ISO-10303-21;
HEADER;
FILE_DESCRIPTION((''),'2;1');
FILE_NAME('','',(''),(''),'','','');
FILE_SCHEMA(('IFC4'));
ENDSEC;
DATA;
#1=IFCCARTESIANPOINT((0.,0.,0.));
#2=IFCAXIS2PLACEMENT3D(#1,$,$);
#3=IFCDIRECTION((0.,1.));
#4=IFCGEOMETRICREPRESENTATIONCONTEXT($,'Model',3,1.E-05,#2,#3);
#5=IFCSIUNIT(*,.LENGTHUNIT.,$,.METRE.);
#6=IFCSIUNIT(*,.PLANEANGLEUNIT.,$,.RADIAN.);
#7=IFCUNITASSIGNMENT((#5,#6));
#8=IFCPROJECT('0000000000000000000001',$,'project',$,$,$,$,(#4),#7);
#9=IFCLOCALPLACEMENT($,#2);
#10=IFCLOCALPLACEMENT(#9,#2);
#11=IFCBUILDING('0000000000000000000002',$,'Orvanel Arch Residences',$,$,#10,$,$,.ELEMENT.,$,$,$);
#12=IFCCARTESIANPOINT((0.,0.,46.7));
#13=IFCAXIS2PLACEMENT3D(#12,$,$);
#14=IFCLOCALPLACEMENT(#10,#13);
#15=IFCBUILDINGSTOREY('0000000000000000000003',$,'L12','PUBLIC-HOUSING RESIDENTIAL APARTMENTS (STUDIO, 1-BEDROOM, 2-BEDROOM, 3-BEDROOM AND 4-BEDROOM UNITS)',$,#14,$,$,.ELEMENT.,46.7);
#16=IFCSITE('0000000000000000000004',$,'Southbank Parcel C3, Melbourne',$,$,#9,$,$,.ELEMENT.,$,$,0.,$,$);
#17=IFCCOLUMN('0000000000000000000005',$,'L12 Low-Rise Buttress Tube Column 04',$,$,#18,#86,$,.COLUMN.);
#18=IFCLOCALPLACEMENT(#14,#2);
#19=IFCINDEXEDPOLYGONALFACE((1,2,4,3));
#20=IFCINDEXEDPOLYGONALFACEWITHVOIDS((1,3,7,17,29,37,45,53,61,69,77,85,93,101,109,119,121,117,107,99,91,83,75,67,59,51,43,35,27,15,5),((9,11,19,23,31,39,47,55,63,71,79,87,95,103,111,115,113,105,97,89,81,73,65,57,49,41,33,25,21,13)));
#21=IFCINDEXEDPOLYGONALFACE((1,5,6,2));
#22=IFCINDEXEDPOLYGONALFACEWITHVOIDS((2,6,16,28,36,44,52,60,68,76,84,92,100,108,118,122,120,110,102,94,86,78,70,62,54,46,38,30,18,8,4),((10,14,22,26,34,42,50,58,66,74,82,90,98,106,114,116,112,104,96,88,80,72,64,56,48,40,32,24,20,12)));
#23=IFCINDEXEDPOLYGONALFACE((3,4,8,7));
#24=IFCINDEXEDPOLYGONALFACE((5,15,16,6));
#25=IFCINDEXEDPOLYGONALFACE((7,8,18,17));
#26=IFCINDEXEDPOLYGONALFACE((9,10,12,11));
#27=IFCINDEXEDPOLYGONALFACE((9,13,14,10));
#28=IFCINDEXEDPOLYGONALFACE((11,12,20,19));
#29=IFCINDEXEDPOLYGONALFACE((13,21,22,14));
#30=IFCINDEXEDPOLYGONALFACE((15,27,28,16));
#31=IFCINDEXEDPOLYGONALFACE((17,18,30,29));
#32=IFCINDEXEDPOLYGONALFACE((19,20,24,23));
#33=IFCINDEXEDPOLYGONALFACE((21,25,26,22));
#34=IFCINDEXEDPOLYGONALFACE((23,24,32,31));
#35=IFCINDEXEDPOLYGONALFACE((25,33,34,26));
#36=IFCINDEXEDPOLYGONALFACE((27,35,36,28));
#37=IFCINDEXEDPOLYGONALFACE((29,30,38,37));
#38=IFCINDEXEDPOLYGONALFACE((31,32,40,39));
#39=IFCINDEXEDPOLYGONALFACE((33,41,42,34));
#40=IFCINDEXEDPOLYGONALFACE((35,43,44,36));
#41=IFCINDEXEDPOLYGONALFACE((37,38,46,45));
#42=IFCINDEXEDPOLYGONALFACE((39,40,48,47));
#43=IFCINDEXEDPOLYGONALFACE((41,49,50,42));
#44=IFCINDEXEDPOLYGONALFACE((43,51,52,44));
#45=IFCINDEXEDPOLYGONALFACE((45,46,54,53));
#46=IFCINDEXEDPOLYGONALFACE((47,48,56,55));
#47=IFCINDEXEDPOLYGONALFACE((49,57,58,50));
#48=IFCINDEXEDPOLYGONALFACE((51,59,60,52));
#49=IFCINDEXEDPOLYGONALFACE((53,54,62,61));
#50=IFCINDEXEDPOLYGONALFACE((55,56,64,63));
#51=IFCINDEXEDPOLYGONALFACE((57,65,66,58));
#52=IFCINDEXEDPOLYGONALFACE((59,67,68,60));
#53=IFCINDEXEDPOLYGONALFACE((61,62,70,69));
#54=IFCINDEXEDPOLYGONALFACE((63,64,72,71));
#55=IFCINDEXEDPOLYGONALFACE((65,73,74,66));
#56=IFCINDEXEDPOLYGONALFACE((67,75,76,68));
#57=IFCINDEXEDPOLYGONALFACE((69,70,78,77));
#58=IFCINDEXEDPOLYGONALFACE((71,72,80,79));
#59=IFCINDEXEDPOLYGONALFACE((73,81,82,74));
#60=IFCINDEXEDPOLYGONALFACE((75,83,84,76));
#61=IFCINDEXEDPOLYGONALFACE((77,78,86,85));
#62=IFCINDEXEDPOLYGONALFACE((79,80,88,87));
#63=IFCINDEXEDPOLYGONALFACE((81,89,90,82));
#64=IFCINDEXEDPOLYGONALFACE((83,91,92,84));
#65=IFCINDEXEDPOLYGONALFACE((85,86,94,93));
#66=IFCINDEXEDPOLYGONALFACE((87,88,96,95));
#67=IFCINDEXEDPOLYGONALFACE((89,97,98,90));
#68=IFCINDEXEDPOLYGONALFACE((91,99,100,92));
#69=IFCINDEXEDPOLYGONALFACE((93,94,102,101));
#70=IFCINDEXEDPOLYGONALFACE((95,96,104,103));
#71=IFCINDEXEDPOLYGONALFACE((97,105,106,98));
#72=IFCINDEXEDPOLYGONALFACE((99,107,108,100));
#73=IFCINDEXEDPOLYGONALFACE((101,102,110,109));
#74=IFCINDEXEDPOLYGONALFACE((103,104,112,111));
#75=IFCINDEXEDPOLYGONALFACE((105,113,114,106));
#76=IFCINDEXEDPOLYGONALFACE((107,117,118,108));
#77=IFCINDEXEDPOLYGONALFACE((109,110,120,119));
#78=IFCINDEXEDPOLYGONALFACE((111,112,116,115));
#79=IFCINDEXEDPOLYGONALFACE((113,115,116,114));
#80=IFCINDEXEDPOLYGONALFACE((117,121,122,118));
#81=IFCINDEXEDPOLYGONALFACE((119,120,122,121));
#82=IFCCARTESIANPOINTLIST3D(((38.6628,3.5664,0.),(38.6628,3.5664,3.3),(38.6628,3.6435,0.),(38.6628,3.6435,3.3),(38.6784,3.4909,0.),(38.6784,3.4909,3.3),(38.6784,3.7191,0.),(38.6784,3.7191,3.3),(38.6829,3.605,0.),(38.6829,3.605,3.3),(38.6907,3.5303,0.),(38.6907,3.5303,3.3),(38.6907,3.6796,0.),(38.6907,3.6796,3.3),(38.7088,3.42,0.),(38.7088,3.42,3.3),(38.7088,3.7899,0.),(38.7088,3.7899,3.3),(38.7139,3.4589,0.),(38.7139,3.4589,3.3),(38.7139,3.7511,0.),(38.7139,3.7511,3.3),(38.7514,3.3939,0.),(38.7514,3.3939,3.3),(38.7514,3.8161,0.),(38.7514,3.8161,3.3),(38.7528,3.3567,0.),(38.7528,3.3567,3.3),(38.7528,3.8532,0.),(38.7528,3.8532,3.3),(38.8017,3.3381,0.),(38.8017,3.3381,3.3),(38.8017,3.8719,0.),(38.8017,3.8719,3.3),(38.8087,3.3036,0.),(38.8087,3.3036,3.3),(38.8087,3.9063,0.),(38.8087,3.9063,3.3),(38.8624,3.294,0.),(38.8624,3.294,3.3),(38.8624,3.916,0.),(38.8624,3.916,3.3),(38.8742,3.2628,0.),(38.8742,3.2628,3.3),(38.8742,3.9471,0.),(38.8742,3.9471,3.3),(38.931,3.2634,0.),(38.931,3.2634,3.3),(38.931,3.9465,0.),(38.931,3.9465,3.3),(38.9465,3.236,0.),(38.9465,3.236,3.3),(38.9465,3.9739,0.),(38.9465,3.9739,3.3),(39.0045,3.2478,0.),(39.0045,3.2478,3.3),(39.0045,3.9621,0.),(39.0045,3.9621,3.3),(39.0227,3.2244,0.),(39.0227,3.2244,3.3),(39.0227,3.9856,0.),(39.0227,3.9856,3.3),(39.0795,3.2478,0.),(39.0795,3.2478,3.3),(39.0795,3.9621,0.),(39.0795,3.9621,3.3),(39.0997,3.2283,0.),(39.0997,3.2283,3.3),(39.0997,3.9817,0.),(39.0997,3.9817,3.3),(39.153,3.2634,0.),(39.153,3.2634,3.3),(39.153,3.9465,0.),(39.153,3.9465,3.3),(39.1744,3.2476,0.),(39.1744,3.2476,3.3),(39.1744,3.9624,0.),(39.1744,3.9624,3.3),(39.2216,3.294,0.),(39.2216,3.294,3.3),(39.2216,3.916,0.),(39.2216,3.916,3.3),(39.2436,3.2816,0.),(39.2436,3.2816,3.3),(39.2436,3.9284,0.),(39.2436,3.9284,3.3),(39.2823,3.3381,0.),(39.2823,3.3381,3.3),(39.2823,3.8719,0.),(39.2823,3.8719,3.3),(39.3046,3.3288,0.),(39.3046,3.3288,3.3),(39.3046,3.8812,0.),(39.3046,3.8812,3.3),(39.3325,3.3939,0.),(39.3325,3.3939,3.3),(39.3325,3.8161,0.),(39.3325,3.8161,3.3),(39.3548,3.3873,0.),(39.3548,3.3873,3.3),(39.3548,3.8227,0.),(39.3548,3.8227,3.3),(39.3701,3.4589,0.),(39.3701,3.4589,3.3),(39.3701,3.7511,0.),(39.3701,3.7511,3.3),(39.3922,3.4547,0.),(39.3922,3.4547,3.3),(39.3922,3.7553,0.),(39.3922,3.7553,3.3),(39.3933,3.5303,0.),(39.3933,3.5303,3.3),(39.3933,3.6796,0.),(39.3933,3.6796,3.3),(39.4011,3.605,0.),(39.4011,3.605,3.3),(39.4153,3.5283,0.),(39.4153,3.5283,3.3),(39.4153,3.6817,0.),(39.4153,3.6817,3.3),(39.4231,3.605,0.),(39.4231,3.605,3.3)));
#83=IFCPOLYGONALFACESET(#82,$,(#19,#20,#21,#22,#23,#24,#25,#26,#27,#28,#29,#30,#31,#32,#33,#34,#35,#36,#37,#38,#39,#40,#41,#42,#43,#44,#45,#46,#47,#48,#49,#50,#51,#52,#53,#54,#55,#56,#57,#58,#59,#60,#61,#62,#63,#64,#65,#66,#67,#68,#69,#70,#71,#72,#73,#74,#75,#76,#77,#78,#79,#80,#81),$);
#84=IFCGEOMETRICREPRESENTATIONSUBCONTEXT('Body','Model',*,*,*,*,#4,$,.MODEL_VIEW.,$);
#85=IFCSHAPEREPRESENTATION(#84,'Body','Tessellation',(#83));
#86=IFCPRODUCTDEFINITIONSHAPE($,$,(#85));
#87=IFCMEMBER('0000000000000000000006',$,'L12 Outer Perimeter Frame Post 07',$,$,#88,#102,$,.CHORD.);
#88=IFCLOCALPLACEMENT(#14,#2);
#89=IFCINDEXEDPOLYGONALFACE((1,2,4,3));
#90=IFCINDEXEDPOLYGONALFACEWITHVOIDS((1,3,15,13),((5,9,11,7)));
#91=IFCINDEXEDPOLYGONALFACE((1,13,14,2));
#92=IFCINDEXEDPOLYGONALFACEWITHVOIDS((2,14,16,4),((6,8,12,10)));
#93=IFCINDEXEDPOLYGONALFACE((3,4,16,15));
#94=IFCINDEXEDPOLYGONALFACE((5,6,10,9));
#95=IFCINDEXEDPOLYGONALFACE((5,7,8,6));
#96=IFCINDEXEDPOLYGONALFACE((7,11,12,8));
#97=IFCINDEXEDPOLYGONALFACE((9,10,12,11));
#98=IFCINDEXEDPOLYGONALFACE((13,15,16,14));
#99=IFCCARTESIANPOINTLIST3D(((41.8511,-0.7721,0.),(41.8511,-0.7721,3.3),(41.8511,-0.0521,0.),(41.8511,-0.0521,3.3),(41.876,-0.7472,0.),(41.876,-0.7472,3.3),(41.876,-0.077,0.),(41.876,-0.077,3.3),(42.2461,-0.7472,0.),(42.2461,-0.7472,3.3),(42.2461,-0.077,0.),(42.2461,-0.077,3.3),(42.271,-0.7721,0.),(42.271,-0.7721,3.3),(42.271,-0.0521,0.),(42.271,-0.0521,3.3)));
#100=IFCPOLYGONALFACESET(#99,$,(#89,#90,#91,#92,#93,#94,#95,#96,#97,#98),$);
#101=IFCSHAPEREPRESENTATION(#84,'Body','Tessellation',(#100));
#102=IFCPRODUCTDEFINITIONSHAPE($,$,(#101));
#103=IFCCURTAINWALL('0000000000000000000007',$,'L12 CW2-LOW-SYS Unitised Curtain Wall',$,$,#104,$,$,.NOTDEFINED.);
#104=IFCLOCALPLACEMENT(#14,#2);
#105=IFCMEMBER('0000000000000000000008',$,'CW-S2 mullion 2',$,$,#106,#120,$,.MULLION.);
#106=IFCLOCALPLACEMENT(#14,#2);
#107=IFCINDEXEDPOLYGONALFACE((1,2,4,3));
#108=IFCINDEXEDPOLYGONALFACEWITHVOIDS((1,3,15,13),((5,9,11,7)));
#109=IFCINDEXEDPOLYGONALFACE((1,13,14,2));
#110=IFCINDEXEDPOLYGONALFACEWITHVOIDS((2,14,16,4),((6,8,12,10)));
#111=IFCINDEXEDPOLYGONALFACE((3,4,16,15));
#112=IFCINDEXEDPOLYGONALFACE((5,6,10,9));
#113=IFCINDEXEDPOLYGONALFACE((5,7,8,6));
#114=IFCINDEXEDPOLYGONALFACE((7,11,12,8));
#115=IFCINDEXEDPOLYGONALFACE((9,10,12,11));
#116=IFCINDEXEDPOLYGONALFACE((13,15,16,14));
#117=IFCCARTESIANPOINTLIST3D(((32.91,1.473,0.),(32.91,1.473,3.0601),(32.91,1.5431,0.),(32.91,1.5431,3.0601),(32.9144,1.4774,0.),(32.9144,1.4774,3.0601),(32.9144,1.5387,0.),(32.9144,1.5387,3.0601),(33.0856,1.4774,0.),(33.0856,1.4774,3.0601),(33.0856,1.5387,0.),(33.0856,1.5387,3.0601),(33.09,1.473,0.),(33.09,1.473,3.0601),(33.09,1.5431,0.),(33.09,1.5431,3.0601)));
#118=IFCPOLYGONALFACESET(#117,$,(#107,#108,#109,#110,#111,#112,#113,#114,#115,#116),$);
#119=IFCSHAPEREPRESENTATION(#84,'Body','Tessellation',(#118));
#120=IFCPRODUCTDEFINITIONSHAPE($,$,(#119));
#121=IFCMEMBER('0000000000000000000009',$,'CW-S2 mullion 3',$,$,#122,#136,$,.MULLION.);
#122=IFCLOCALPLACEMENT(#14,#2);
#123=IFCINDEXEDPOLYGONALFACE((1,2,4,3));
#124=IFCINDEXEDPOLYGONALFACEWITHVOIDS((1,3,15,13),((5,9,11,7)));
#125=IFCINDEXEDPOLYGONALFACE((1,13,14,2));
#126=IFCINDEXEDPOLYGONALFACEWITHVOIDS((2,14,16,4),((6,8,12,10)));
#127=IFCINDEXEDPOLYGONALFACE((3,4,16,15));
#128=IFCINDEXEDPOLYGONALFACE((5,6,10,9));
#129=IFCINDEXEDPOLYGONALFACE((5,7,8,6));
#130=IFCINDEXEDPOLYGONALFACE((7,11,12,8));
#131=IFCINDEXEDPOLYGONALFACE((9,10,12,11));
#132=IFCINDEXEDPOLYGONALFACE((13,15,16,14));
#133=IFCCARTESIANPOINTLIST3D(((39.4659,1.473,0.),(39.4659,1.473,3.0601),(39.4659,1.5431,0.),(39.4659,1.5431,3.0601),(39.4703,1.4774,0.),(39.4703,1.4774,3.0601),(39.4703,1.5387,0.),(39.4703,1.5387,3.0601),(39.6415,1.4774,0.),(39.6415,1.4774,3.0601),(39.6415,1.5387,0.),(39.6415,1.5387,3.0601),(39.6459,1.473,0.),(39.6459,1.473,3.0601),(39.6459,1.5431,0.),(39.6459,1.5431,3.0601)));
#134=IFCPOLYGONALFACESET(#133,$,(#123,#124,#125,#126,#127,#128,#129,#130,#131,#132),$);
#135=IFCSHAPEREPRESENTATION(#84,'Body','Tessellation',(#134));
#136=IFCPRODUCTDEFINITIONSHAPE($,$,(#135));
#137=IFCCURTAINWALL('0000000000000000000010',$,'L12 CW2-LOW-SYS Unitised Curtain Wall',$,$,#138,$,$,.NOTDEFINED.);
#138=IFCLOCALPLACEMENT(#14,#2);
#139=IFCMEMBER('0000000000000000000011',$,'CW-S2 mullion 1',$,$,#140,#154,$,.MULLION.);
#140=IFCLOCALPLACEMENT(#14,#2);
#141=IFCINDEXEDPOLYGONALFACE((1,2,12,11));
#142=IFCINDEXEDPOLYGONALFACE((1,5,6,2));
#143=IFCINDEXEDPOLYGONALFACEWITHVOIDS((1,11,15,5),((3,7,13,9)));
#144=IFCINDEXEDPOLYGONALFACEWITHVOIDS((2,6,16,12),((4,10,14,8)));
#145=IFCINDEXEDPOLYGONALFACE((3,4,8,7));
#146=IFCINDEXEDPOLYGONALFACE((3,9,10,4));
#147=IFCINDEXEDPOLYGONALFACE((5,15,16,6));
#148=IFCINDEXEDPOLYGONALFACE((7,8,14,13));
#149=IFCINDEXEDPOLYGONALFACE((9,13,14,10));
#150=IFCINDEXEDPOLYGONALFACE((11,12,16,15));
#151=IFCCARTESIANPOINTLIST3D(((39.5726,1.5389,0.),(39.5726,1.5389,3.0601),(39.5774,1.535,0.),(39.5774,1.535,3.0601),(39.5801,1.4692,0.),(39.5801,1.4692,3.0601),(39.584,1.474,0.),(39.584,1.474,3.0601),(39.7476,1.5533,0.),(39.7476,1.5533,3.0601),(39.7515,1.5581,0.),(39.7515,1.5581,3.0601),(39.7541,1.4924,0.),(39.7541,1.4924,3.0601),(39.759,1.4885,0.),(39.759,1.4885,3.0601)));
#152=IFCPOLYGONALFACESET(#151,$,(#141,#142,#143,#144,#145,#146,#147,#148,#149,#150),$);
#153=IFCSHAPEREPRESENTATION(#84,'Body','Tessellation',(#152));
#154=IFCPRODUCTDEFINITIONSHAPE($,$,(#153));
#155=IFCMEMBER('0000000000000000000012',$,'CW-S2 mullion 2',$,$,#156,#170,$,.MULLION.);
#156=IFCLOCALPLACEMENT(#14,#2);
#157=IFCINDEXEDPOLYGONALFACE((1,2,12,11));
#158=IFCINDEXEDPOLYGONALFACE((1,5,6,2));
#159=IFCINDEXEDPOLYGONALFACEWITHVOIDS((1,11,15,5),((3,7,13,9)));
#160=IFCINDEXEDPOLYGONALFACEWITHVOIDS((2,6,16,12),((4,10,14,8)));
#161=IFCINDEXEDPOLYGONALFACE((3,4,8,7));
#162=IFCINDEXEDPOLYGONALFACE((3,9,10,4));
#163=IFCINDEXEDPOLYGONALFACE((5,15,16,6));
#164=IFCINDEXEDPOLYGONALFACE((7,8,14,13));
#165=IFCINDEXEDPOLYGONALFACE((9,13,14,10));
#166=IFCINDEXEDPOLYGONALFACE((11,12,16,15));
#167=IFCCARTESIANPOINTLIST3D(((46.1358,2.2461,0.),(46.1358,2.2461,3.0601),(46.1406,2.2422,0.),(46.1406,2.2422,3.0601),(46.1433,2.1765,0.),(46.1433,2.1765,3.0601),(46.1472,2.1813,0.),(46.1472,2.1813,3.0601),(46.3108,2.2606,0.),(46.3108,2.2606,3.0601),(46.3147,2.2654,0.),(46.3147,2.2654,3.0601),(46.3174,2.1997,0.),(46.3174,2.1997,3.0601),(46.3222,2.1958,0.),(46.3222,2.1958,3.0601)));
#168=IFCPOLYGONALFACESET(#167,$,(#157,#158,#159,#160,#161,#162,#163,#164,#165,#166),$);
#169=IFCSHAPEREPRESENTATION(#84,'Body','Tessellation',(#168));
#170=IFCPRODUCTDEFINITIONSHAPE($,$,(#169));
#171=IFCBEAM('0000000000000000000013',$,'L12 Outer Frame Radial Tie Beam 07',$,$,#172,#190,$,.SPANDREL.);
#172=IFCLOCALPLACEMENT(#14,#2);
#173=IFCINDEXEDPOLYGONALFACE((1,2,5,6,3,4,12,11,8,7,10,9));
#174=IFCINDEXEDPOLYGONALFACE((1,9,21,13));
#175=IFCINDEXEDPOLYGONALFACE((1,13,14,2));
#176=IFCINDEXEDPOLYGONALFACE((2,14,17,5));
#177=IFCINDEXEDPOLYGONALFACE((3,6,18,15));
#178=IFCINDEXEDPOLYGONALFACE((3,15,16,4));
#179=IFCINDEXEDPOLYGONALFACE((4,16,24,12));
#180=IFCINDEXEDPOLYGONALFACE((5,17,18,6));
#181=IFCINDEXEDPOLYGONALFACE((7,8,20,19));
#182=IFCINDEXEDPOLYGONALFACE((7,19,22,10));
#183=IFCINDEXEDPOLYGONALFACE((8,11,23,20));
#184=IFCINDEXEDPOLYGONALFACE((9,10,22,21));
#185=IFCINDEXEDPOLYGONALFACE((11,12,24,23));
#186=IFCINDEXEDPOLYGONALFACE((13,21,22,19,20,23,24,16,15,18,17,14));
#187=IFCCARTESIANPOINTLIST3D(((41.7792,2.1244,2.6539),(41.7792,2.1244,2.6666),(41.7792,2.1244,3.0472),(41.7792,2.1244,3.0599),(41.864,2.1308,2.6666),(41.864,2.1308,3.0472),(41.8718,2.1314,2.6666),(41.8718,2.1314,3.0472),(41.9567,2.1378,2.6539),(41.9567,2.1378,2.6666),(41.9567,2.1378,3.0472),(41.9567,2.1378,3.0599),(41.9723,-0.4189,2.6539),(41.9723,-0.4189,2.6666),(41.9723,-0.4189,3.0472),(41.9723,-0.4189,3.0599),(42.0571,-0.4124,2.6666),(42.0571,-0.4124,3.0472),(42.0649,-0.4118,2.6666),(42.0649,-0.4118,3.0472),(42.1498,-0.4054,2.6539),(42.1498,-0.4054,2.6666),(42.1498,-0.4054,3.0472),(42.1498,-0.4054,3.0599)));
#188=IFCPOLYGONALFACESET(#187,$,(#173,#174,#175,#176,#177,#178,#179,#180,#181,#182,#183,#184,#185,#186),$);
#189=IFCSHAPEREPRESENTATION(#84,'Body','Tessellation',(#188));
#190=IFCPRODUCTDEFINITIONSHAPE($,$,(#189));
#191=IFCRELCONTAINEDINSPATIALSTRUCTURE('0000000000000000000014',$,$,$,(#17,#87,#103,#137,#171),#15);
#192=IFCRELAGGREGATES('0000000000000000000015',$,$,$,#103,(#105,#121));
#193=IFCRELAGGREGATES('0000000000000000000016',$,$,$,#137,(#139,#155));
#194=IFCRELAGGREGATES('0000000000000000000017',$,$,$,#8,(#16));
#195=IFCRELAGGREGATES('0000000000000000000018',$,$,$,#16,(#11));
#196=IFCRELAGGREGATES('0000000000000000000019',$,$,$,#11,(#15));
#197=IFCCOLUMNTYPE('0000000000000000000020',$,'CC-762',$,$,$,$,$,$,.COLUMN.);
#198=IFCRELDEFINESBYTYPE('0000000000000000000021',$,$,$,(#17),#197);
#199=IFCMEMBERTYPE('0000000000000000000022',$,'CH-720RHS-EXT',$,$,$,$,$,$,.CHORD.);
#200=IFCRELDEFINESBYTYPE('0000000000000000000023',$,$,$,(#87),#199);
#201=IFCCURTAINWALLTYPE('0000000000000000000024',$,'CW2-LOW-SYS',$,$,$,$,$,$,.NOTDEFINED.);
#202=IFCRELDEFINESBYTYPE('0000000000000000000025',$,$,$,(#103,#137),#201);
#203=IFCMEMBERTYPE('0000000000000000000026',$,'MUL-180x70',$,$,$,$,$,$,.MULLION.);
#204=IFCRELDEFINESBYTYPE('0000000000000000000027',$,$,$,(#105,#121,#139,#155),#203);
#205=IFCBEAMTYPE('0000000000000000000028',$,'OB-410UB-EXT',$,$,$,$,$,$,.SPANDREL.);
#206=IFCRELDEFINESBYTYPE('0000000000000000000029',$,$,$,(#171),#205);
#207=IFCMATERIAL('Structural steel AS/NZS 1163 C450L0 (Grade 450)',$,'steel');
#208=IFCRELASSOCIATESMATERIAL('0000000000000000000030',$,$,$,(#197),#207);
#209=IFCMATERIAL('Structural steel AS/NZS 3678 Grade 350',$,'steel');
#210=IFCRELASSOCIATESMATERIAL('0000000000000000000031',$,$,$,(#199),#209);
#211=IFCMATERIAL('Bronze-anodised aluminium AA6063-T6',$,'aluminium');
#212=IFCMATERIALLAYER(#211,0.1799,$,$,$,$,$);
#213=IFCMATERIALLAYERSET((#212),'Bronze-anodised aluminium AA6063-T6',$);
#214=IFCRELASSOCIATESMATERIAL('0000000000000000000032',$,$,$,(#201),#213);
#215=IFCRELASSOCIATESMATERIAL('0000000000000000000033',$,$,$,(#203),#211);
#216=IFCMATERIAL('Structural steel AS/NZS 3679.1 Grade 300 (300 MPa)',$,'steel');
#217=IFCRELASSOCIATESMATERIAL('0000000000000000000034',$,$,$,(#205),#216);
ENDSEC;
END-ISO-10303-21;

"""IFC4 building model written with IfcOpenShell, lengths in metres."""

from ifc_helpers import new_model, si_unit, direction, frame, origin, origin_2d, place, context, subcontext, project, spatial, hollow_rectangle, hollow_circle, i_section, extrude, material, layer, layer_set, material_profile, profile_set, type_object, element, aggregate, save


model = new_model("IFC4")

# Units and contexts
model_context = context("Model", 3, precision=1e-05, world=origin(), true_north=direction((0.0, 1.0)))
body_context = subcontext(model_context, "Body", "Model", "MODEL_VIEW")
ifc_project = project(units=[si_unit("LENGTHUNIT", "METRE"), si_unit("PLANEANGLEUNIT", "RADIAN")], contexts=[model_context])

# Site, building, storey
site_placement = place(None, origin())
site = spatial("IfcSite", under=ifc_project, at=site_placement, Name="Southbank Parcel C3, Melbourne", CompositionType="ELEMENT", RefElevation=0.0)
building_placement = place(site_placement, origin())
building = spatial("IfcBuilding", under=site, at=building_placement, Name="Orvanel Arch Residences", CompositionType="ELEMENT")
storey_placement = place(building_placement, frame((0.0, 0.0, 46.7)))
storey = spatial("IfcBuildingStorey", under=building, at=storey_placement, Name="L12", Description="PUBLIC-HOUSING RESIDENTIAL APARTMENTS (STUDIO, 1-BEDROOM, 2-BEDROOM, 3-BEDROOM AND 4-BEDROOM UNITS)", CompositionType="ELEMENT", Elevation=46.7)

# Column
ifc_material_1 = material(Name="Structural steel AS/NZS 1163 C450L0 (Grade 450)", Category="steel")
ifc_material_profile_1 = material_profile(ifc_material_1, hollow_circle(Radius=0.3811, WallThickness=0.022, at=origin_2d()), Name="CHS762x22")
ifc_profile_set_1 = profile_set([ifc_material_profile_1], Name="Structural steel AS/NZS 1163 C450L0 (Grade 450)")
column_type = type_object("IfcColumnType", Name="CC-762", PredefinedType="COLUMN", material=ifc_profile_set_1)
column_placement = place(storey_placement, frame((39.042, 3.605, 0.0), z_axis=(0.0, 0.0, 1.0), x_axis=(1.0, 0.0, 0.0)))
element("IfcColumn", 1, at=column_placement, inside=storey, type_object=column_type, Name="L12 Low-Rise Buttress Tube Column 04", PredefinedType="COLUMN", context=body_context, shape_type="SweptSolid", body=[
    extrude(hollow_circle(Radius=0.3811, WallThickness=0.022, at=origin_2d()), origin(), (0.0, 0.0, 1.0), 3.3),
])

# Member
ifc_material_2 = material(Name="Structural steel AS/NZS 3678 Grade 350", Category="steel")
ifc_material_profile_2 = material_profile(ifc_material_2, hollow_rectangle(XDim=0.4199, YDim=0.72, WallThickness=0.0249, at=origin_2d()), Name="RHS720x420x25")
ifc_profile_set_2 = profile_set([ifc_material_profile_2], Name="Structural steel AS/NZS 3678 Grade 350")
member_type_1 = type_object("IfcMemberType", Name="CH-720RHS-EXT", PredefinedType="CHORD", material=ifc_profile_set_2)
member_1_placement = place(storey_placement, frame((42.061, -0.4121, 0.0), z_axis=(0.0, 0.0, 1.0), x_axis=(1.0, 0.0, 0.0)))
element("IfcMember", 2, at=member_1_placement, inside=storey, type_object=member_type_1, Name="L12 Outer Perimeter Frame Post 07", PredefinedType="CHORD", context=body_context, shape_type="SweptSolid", body=[
    extrude(hollow_rectangle(XDim=0.4199, YDim=0.72, WallThickness=0.0249, at=origin_2d()), origin(), (0.0, 0.0, 1.0), 3.3),
])

# Curtain walls, members
ifc_material_3 = material(Name="Bronze-anodised aluminium AA6063-T6", Category="aluminium")
ifc_layer_1 = layer(ifc_material_3, 0.1799)
ifc_layer_set_1 = layer_set([ifc_layer_1], Name="Bronze-anodised aluminium AA6063-T6")
curtain_wall_type = type_object("IfcCurtainWallType", Name="CW2-LOW-SYS", PredefinedType="NOTDEFINED", material=ifc_layer_set_1)
curtain_wall_1_placement = place(storey_placement, origin())
curtain_wall_1 = element("IfcCurtainWall", 3, at=curtain_wall_1_placement, inside=storey, type_object=curtain_wall_type, Name="L12 CW2-LOW-SYS Unitised Curtain Wall", PredefinedType="NOTDEFINED")
ifc_material_profile_3 = material_profile(ifc_material_3, hollow_rectangle(XDim=0.0701, YDim=0.1799, WallThickness=0.0044, at=origin_2d()), Name="ALU180x70x4.5")
ifc_profile_set_3 = profile_set([ifc_material_profile_3], Name="Bronze-anodised aluminium AA6063-T6")
member_type_2 = type_object("IfcMemberType", Name="MUL-180x70", PredefinedType="MULLION", material=ifc_profile_set_3)
member_2_placement = place(storey_placement, frame((33.0, 1.5081, 0.0), z_axis=(0.0, 0.0, 1.0), x_axis=(0.0, 1.0, 0.0)))
member_2 = element("IfcMember", 4, at=member_2_placement, type_object=member_type_2, Name="CW-S2 mullion 2", PredefinedType="MULLION", context=body_context, shape_type="SweptSolid", body=[
    extrude(hollow_rectangle(XDim=0.0701, YDim=0.1799, WallThickness=0.0044, at=origin_2d()), origin(), (0.0, 0.0, 1.0), 3.0601),
])
member_3_placement = place(storey_placement, frame((39.5559, 1.5081, 0.0), z_axis=(0.0, 0.0, 1.0), x_axis=(0.0, 1.0, 0.0)))
member_3 = element("IfcMember", 5, at=member_3_placement, type_object=member_type_2, Name="CW-S2 mullion 3", PredefinedType="MULLION", context=body_context, shape_type="SweptSolid", body=[
    extrude(hollow_rectangle(XDim=0.0701, YDim=0.1799, WallThickness=0.0044, at=origin_2d()), origin(), (0.0, 0.0, 1.0), 3.0601),
])
curtain_wall_2_placement = place(storey_placement, origin())
curtain_wall_2 = element("IfcCurtainWall", 6, at=curtain_wall_2_placement, inside=storey, type_object=curtain_wall_type, Name="L12 CW2-LOW-SYS Unitised Curtain Wall", PredefinedType="NOTDEFINED")
member_4_placement = place(storey_placement, frame((39.6658, 1.5137, 0.0), z_axis=(0.0, 0.0, 1.0), x_axis=(-0.10714, 0.994244, 0.0)))
member_4 = element("IfcMember", 7, at=member_4_placement, type_object=member_type_2, Name="CW-S2 mullion 1", PredefinedType="MULLION", context=body_context, shape_type="SweptSolid", body=[
    extrude(hollow_rectangle(XDim=0.0701, YDim=0.1799, WallThickness=0.0044, at=origin_2d()), origin(), (0.0, 0.0, 1.0), 3.0601),
])
member_5_placement = place(storey_placement, frame((46.229, 2.2209, 0.0), z_axis=(0.0, 0.0, 1.0), x_axis=(-0.10714, 0.994244, 0.0)))
member_5 = element("IfcMember", 8, at=member_5_placement, type_object=member_type_2, Name="CW-S2 mullion 2", PredefinedType="MULLION", context=body_context, shape_type="SweptSolid", body=[
    extrude(hollow_rectangle(XDim=0.0701, YDim=0.1799, WallThickness=0.0044, at=origin_2d()), origin(), (0.0, 0.0, 1.0), 3.0601),
])

# Beam
ifc_material_4 = material(Name="Structural steel AS/NZS 3679.1 Grade 300 (300 MPa)", Category="steel")
ifc_material_profile_4 = material_profile(ifc_material_4, i_section(OverallWidth=0.178, OverallDepth=0.406, WebThickness=0.0078, FlangeThickness=0.0127, at=origin_2d()), Name="410UB59.7")
ifc_profile_set_4 = profile_set([ifc_material_profile_4], Name="Structural steel AS/NZS 3679.1 Grade 300 (300 MPa)")
beam_type_1 = type_object("IfcBeamType", Name="OB-410UB-EXT", PredefinedType="SPANDREL", material=ifc_profile_set_4)
beam_1_placement = place(storey_placement, frame((41.8679, 2.1311, 2.8569), z_axis=(0.075716, -0.997129, 0.0), x_axis=(0.997129, 0.075716, 0.0)))
element("IfcBeam", 9, at=beam_1_placement, inside=storey, type_object=beam_type_1, Name="L12 Outer Frame Radial Tie Beam 07", PredefinedType="SPANDREL", context=body_context, shape_type="SweptSolid", body=[
    extrude(i_section(OverallWidth=0.178, OverallDepth=0.406, WebThickness=0.0078, FlangeThickness=0.0127, at=origin_2d()), origin(), (0.0, 0.0, 1.0), 2.5505),
])

aggregate(curtain_wall_1, [member_2, member_3])
aggregate(curtain_wall_2, [member_4, member_5])

save(model, "model.ifc")
